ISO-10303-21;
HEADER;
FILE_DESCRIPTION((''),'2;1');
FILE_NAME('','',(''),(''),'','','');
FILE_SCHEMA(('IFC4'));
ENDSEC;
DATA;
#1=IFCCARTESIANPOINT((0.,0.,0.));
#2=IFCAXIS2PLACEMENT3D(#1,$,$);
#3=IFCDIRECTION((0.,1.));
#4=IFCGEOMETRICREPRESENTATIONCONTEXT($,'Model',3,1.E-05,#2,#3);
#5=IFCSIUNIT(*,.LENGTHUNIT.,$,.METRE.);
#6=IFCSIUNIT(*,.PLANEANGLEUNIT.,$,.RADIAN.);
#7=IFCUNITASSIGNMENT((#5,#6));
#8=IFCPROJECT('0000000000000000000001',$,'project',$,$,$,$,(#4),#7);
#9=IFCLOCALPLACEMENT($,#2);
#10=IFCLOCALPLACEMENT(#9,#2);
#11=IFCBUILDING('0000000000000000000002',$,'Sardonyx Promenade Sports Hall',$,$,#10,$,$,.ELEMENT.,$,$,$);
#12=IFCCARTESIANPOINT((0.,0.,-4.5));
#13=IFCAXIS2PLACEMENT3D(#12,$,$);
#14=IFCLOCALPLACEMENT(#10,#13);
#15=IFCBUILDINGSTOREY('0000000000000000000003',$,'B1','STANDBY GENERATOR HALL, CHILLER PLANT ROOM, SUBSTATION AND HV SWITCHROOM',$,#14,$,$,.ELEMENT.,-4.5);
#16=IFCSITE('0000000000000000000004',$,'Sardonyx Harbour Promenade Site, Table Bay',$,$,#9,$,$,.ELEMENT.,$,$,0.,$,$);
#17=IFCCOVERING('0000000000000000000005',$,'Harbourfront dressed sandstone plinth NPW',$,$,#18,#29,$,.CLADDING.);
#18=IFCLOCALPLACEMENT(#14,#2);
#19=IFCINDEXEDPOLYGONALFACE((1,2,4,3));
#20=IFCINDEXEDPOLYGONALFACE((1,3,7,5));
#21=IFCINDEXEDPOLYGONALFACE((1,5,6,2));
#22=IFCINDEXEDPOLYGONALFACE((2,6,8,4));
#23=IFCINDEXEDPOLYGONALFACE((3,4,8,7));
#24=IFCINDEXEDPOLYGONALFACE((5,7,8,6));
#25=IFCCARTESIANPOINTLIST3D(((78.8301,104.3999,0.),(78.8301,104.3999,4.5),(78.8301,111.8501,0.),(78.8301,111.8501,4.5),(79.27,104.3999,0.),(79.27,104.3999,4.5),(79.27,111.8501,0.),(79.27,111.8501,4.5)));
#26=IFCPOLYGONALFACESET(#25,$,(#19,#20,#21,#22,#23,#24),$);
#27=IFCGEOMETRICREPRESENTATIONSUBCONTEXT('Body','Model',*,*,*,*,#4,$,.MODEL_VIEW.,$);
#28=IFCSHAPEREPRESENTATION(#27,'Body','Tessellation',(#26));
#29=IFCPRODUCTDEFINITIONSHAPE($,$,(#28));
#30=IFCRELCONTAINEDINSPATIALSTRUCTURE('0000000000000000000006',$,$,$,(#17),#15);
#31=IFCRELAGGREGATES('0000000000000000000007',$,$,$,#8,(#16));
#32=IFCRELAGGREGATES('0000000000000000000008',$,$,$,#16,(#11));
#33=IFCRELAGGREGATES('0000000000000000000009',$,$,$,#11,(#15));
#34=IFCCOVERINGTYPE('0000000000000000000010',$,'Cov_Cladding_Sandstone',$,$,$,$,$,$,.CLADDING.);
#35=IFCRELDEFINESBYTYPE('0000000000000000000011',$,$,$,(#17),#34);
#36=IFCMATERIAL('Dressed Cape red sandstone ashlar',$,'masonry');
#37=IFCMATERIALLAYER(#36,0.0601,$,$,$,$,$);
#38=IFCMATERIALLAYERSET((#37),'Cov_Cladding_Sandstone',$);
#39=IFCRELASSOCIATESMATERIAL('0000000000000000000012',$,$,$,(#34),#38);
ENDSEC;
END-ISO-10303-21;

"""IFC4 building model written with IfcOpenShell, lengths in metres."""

from ifc_helpers import new_model, si_unit, direction, frame, frame_2d, origin, place, context, subcontext, project, spatial, rectangle, extrude, material, layer, layer_set, type_object, element, save


model = new_model("IFC4")

# Units and contexts
model_context = context("Model", 3, precision=1e-05, world=origin(), true_north=direction((0.0, 1.0)))
body_context = subcontext(model_context, "Body", "Model", "MODEL_VIEW")
ifc_project = project(units=[si_unit("LENGTHUNIT", "METRE"), si_unit("PLANEANGLEUNIT", "RADIAN")], contexts=[model_context])

# Site, building, storey
site_placement = place(None, origin())
site = spatial("IfcSite", under=ifc_project, at=site_placement, Name="Sardonyx Harbour Promenade Site, Table Bay", CompositionType="ELEMENT", RefElevation=0.0)
building_placement = place(site_placement, origin())
building = spatial("IfcBuilding", under=site, at=building_placement, Name="Sardonyx Promenade Sports Hall", CompositionType="ELEMENT")
storey_placement = place(building_placement, frame((0.0, 0.0, -4.5)))
storey = spatial("IfcBuildingStorey", under=building, at=storey_placement, Name="B1", Description="STANDBY GENERATOR HALL, CHILLER PLANT ROOM, SUBSTATION AND HV SWITCHROOM", CompositionType="ELEMENT", Elevation=-4.5)

# Covering
ifc_material_1 = material(Name="Dressed Cape red sandstone ashlar", Category="masonry")
ifc_layer = layer(ifc_material_1, 0.0601)
ifc_layer_set = layer_set([ifc_layer], Name="Cov_Cladding_Sandstone")
covering_type = type_object("IfcCoveringType", Name="Cov_Cladding_Sandstone", PredefinedType="CLADDING", material=ifc_layer_set)
covering_placement = place(storey_placement, frame((79.05, 104.3999, 0.0), z_axis=(0.0, 0.0, 1.0), x_axis=(0.0, 1.0, 0.0)))
element("IfcCovering", 1, at=covering_placement, inside=storey, type_object=covering_type, Name="Harbourfront dressed sandstone plinth NPW", PredefinedType="CLADDING", context=body_context, shape_type="SweptSolid", body=[
    extrude(rectangle(XDim=7.4502, YDim=0.4399, at=frame_2d((3.7251, 0.0))), origin(), (0.0, 0.0, 1.0), 4.5),
])

save(model, "model.ifc")
